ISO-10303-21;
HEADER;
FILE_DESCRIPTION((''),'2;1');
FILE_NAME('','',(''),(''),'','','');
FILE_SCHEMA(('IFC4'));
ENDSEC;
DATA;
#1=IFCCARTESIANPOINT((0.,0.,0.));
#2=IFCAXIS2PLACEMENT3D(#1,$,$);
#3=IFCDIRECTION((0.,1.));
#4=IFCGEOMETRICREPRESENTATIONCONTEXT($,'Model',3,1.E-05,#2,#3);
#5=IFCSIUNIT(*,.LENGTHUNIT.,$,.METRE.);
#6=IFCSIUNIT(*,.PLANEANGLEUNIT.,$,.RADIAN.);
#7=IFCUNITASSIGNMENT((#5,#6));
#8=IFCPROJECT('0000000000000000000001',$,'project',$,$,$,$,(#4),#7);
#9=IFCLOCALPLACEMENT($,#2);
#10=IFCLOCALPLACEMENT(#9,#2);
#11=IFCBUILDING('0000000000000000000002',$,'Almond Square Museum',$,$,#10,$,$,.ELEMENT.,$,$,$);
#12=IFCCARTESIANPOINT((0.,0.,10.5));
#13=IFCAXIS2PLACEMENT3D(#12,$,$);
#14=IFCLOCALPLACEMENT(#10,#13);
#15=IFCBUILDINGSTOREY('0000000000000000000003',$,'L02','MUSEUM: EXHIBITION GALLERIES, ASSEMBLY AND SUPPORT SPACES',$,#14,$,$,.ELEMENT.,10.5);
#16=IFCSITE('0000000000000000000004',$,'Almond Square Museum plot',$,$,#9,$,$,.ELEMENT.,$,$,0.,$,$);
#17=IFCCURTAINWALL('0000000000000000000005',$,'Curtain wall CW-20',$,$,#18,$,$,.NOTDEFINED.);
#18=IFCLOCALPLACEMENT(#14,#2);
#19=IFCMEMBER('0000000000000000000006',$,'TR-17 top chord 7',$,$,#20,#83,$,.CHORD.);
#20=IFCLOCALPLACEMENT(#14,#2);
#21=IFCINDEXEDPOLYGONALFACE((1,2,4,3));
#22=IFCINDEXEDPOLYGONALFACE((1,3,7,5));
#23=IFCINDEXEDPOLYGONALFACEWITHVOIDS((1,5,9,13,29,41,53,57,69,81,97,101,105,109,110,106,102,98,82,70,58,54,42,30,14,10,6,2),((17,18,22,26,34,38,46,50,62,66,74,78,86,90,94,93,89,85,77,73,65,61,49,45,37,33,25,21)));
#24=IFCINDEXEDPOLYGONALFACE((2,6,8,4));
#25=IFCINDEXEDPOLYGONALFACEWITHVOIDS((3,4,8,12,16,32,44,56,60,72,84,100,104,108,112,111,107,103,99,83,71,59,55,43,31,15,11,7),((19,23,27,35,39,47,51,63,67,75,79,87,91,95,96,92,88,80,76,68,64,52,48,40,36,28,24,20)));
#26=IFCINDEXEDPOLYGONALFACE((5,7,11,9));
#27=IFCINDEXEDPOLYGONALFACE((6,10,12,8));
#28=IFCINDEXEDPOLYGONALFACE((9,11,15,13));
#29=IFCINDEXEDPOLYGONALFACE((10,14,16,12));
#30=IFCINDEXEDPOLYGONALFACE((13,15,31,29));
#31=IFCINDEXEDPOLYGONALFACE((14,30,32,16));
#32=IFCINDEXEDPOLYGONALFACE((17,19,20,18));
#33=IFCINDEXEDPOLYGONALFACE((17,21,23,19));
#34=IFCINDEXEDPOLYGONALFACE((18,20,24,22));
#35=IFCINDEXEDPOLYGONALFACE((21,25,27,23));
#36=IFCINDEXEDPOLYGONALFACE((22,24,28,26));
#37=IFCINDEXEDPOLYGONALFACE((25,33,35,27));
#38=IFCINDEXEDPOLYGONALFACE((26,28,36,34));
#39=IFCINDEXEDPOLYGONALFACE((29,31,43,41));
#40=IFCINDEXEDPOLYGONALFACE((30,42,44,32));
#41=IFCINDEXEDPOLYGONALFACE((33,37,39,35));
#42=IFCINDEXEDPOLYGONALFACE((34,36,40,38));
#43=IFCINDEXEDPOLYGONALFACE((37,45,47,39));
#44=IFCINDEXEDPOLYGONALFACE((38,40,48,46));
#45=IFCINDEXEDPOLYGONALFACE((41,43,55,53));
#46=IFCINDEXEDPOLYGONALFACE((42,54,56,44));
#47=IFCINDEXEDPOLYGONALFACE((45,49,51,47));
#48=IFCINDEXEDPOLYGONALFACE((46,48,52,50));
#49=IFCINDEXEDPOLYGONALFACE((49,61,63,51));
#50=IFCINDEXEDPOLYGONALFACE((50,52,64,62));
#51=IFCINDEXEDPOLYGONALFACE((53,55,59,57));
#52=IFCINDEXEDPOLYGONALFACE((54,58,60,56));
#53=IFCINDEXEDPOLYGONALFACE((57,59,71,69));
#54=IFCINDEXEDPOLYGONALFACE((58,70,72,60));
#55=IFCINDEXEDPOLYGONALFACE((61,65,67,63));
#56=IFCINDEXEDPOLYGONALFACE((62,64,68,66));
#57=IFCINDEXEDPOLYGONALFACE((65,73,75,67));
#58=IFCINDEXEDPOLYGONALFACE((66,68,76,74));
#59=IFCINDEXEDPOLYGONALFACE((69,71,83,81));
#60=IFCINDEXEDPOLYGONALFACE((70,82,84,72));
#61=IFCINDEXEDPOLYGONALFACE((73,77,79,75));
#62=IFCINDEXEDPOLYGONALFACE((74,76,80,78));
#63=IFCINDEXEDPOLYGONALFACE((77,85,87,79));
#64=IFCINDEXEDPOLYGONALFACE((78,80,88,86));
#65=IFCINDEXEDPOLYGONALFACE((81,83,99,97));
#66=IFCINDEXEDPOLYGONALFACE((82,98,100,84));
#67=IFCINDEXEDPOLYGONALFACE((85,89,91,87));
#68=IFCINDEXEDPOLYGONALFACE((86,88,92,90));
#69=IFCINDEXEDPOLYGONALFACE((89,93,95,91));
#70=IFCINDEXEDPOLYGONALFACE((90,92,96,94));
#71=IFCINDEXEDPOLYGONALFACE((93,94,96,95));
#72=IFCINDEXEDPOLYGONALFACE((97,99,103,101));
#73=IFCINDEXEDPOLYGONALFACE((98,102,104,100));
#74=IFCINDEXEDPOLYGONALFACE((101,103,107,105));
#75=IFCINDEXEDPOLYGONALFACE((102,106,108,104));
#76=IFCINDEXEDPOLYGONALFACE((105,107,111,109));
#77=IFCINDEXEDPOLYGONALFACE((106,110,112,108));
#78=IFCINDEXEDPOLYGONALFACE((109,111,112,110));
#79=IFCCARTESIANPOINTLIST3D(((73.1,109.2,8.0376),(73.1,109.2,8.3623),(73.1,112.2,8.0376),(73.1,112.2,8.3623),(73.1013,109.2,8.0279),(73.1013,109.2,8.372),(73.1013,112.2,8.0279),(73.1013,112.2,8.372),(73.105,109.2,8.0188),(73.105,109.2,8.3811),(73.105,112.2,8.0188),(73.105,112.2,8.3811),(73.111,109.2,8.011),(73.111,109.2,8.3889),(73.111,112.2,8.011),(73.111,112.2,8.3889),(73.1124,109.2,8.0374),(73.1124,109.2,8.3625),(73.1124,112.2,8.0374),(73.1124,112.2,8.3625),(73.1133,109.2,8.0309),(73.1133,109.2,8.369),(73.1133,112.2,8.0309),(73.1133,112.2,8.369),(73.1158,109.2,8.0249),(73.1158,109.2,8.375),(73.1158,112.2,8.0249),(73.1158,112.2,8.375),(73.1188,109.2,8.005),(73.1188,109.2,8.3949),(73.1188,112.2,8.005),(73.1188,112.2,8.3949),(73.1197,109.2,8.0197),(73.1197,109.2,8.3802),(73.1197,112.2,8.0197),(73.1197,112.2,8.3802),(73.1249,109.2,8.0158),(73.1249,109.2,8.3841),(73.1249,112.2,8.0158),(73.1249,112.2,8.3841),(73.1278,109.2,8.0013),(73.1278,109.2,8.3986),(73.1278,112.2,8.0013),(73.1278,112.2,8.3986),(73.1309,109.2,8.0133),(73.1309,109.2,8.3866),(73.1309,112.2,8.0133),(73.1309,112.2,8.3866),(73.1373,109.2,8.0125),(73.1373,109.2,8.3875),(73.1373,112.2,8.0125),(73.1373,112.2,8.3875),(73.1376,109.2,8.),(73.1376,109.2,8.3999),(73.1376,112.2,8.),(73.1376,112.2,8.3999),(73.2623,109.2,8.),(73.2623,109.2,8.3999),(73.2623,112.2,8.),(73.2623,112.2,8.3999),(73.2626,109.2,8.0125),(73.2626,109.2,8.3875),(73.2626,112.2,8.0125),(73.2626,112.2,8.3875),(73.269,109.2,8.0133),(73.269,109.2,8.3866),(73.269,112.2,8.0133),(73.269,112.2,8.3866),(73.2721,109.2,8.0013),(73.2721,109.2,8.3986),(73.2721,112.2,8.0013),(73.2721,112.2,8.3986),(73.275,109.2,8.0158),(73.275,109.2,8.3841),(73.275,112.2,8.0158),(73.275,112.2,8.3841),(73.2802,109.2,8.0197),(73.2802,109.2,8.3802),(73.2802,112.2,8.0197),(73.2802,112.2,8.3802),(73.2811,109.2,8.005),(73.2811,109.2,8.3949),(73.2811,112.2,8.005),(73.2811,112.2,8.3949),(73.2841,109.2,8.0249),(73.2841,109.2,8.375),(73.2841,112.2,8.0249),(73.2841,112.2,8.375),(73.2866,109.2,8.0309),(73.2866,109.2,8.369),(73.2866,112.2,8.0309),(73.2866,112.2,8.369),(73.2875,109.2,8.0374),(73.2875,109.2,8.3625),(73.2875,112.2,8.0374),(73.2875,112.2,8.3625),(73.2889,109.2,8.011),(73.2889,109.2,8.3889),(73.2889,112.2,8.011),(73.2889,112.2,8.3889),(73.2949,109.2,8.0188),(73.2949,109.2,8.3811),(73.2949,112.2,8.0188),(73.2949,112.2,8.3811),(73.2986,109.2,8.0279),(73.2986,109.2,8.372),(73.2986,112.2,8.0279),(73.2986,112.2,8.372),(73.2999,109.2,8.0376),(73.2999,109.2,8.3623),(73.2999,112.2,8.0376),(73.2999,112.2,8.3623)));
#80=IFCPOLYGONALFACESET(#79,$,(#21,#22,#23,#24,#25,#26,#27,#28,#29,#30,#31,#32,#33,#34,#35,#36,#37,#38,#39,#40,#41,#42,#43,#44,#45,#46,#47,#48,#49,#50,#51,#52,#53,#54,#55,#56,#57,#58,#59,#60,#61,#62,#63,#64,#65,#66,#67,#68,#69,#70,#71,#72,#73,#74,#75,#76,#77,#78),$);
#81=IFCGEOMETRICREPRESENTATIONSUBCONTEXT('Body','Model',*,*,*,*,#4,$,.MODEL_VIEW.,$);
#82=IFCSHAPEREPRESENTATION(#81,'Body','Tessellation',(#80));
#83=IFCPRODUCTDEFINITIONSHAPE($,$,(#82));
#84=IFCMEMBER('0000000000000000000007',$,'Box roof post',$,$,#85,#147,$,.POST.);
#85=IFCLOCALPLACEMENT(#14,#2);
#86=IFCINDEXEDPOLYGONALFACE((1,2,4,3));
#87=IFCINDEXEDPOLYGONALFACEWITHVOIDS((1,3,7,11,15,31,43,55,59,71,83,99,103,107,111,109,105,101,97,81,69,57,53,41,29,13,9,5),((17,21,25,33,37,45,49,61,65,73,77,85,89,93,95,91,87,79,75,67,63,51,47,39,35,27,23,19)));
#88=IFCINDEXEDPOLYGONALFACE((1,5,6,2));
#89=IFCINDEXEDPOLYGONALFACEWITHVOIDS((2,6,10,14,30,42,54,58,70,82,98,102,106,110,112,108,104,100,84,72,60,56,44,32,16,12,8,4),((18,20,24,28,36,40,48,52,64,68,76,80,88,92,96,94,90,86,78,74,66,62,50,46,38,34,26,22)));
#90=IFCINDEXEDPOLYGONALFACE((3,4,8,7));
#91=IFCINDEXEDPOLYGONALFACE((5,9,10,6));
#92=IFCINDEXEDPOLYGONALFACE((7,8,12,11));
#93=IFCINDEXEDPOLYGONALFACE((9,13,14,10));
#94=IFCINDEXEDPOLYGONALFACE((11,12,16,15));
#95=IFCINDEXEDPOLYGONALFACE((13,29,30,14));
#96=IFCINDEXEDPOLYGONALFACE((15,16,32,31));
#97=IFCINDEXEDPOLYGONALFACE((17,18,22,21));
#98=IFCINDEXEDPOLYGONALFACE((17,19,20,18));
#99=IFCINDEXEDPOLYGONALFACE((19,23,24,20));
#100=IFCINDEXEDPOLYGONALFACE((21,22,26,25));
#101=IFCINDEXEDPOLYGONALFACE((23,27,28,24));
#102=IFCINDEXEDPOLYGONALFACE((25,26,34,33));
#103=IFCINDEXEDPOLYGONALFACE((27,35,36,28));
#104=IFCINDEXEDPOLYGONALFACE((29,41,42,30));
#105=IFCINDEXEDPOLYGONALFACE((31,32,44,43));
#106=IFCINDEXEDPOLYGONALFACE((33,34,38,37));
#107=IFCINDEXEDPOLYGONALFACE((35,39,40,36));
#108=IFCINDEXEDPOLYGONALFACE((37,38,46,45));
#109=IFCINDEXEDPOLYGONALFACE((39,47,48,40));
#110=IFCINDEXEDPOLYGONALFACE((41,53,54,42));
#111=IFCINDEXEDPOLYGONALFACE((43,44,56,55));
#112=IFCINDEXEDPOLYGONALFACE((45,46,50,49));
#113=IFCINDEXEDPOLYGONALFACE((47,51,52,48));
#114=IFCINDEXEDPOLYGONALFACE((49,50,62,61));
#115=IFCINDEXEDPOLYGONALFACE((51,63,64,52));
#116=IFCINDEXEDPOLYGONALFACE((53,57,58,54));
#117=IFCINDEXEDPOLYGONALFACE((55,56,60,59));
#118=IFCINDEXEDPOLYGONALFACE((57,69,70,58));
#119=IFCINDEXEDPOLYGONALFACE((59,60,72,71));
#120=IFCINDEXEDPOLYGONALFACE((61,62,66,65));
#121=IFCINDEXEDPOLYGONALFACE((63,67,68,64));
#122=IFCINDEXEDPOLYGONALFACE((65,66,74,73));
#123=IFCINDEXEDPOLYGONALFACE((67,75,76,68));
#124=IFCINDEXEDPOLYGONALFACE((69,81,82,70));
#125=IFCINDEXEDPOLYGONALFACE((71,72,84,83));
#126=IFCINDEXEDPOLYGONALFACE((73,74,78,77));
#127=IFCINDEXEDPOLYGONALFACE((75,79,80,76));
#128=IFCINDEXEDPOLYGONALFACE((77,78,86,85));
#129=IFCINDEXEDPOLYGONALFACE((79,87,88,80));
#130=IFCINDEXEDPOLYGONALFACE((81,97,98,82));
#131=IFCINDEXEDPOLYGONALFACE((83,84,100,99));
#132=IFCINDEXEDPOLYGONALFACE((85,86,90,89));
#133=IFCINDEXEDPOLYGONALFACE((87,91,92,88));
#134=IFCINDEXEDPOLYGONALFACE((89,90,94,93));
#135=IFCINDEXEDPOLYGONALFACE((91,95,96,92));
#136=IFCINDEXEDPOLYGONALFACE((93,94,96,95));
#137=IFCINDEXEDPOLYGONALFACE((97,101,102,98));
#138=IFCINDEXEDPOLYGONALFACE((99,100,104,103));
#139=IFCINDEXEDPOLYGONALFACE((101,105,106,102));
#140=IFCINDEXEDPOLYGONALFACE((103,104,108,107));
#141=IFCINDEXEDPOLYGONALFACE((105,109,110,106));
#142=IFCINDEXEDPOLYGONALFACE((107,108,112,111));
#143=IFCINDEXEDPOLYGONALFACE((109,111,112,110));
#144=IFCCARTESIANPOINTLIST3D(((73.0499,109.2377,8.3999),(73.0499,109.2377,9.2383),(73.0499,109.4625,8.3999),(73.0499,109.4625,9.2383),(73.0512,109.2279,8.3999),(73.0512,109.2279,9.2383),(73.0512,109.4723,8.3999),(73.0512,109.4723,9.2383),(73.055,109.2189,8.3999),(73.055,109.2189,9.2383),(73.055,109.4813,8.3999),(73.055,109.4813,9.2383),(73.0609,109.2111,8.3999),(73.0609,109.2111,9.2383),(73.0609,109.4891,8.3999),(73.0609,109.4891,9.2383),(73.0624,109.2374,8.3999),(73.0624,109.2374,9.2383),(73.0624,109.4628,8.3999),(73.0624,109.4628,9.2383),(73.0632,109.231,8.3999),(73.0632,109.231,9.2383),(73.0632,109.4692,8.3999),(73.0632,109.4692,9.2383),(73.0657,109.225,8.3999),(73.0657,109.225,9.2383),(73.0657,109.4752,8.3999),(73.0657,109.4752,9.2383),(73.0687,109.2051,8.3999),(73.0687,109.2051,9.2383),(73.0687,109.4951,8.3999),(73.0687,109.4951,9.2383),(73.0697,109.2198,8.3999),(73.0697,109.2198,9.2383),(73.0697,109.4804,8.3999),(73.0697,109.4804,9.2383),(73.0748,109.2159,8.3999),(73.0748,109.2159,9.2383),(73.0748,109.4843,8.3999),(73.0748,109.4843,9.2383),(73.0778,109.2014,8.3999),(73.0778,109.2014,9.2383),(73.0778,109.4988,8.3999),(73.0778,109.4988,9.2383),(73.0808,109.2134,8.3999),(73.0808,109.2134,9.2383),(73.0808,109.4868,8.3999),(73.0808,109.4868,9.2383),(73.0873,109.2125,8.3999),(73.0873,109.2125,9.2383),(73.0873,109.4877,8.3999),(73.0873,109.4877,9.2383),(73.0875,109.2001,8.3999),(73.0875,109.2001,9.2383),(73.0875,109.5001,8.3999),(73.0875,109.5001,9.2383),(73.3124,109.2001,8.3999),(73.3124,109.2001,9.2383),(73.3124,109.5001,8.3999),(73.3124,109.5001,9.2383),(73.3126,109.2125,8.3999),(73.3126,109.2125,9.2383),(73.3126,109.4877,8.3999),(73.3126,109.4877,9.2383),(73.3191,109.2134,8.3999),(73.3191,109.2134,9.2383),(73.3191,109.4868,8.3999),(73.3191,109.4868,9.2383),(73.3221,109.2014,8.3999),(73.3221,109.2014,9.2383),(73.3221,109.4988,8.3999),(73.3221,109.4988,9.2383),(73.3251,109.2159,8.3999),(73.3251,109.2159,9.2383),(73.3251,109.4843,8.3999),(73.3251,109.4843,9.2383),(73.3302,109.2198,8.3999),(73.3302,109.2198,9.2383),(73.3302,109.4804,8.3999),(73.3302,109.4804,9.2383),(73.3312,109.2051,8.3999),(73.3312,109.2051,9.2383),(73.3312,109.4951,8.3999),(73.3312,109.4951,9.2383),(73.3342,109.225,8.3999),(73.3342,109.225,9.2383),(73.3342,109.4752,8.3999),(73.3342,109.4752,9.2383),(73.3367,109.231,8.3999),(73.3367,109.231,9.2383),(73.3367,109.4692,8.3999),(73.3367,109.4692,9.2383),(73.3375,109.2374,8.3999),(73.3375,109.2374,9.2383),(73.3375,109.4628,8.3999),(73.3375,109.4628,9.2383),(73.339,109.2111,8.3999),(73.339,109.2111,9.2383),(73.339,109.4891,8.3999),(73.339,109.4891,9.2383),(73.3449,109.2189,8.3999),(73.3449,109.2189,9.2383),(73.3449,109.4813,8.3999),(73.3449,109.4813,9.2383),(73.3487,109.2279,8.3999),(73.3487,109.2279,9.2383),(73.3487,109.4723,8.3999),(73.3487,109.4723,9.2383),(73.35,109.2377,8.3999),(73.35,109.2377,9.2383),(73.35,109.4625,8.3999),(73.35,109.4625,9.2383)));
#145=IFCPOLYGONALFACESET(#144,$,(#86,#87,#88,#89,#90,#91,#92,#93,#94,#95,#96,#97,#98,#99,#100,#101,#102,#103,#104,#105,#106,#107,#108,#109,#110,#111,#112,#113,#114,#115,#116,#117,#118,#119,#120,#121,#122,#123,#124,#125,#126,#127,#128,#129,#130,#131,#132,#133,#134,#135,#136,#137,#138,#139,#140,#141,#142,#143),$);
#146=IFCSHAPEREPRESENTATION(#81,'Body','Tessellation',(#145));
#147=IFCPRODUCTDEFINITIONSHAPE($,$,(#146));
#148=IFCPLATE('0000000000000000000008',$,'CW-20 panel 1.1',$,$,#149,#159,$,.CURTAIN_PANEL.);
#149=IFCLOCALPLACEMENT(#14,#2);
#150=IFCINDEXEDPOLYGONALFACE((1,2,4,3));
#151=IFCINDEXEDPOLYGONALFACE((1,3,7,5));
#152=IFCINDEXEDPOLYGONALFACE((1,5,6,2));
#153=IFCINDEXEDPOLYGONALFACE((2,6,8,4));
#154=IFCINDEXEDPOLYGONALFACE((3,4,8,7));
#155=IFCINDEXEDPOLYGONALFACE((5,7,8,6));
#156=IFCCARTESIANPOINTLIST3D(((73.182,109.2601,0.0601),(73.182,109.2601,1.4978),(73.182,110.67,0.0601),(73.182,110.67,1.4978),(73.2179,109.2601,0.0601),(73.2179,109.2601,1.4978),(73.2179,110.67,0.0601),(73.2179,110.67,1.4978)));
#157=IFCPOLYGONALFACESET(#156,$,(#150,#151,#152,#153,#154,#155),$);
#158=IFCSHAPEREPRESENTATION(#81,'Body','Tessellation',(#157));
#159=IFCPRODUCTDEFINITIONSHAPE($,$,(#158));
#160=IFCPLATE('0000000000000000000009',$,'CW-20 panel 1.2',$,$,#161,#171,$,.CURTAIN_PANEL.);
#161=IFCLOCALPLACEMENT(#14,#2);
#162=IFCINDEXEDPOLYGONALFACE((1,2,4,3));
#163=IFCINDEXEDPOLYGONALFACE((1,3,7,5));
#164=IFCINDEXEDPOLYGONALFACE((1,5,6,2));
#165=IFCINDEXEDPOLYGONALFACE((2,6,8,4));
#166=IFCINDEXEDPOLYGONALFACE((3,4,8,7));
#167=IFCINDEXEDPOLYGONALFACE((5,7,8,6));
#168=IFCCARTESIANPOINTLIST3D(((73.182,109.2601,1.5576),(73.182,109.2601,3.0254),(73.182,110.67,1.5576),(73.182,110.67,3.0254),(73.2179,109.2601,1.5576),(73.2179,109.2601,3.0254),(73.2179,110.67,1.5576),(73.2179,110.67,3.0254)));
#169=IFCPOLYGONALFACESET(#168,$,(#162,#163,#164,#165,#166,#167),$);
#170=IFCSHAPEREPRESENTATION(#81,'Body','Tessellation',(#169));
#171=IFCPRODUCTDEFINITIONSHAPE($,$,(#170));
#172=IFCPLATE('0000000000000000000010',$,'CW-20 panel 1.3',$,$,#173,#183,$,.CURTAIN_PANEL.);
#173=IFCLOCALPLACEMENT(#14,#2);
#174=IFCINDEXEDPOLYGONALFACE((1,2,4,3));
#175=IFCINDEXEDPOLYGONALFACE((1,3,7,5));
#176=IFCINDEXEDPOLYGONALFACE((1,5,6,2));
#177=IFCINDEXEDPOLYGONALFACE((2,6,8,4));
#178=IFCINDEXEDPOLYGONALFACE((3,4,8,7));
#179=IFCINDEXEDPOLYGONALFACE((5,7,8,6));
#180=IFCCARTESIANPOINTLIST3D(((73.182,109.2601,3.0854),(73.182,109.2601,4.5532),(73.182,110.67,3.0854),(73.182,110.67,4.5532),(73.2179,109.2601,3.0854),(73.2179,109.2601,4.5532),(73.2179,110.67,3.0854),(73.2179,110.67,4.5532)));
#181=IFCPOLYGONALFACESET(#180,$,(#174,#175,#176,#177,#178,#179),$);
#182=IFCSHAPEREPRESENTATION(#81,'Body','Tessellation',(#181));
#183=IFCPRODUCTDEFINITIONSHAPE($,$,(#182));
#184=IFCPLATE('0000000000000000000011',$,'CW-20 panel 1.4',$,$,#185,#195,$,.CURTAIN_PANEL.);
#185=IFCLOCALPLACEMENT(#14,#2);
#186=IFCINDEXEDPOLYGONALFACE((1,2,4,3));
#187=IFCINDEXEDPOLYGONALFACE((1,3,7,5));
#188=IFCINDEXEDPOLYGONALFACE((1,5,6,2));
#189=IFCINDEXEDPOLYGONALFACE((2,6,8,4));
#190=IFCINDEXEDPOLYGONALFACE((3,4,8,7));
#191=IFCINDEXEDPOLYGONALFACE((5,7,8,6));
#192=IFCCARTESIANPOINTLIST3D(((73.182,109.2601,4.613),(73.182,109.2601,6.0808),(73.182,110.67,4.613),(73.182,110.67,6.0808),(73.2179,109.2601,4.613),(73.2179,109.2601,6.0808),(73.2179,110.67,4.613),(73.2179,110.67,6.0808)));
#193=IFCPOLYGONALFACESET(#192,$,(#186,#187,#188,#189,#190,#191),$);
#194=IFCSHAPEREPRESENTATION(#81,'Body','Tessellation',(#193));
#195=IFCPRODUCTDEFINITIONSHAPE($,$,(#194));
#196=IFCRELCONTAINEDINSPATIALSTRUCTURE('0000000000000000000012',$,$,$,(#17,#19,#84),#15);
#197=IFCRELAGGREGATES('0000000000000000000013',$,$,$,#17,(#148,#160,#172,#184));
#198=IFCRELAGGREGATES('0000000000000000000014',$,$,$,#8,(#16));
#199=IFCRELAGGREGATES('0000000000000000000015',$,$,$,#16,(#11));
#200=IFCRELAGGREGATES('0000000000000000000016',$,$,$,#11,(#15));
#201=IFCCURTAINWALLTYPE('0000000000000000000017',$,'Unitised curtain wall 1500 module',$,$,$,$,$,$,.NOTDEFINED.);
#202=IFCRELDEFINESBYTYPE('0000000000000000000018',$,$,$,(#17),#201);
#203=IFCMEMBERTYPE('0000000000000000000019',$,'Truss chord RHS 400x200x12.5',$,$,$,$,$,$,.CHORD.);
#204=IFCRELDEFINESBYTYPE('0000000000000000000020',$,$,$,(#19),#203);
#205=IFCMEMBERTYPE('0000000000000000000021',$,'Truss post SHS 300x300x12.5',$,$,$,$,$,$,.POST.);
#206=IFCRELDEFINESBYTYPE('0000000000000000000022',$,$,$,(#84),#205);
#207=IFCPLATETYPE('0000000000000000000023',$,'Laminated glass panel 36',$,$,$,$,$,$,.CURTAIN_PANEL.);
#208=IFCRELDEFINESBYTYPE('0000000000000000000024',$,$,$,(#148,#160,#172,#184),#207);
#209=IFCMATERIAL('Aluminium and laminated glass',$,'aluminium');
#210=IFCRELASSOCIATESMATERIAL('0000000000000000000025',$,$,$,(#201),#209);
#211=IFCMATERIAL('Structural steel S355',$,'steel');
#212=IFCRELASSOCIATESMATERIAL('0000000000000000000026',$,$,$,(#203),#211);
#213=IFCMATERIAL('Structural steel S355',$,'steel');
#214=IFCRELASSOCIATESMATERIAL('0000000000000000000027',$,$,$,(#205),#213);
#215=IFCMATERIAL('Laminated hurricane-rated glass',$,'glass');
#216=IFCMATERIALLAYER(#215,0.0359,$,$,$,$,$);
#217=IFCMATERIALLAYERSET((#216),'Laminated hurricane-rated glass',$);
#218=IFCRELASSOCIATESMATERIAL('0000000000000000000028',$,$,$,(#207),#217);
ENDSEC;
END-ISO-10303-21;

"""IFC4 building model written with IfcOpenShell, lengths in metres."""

from ifc_helpers import new_model, si_unit, direction, frame, origin, origin_2d, place, context, subcontext, project, spatial, rectangle, hollow_rectangle, extrude, material, layer, layer_set, material_profile, profile_set, type_object, element, aggregate, save


model = new_model("IFC4")

# Units and contexts
model_context = context("Model", 3, precision=1e-05, world=origin(), true_north=direction((0.0, 1.0)))
body_context = subcontext(model_context, "Body", "Model", "MODEL_VIEW")
ifc_project = project(units=[si_unit("LENGTHUNIT", "METRE"), si_unit("PLANEANGLEUNIT", "RADIAN")], contexts=[model_context])

# Site, building, storey
site_placement = place(None, origin())
site = spatial("IfcSite", under=ifc_project, at=site_placement, Name="Almond Square Museum plot", CompositionType="ELEMENT", RefElevation=0.0)
building_placement = place(site_placement, origin())
building = spatial("IfcBuilding", under=site, at=building_placement, Name="Almond Square Museum", CompositionType="ELEMENT")
storey_placement = place(building_placement, frame((0.0, 0.0, 10.5)))
storey = spatial("IfcBuildingStorey", under=building, at=storey_placement, Name="L02", Description="MUSEUM: EXHIBITION GALLERIES, ASSEMBLY AND SUPPORT SPACES", CompositionType="ELEMENT", Elevation=10.5)

# Curtain wall
ifc_material_1 = material(Name="Aluminium and laminated glass", Category="aluminium")
curtain_wall_type = type_object("IfcCurtainWallType", Name="Unitised curtain wall 1500 module", PredefinedType="NOTDEFINED", material=ifc_material_1)
curtain_wall_placement = place(storey_placement, origin())
curtain_wall = element("IfcCurtainWall", 1, at=curtain_wall_placement, inside=storey, type_object=curtain_wall_type, Name="Curtain wall CW-20", PredefinedType="NOTDEFINED")

# Members
ifc_material_2 = material(Name="Structural steel S355", Category="steel")
ifc_material_profile_1 = material_profile(ifc_material_2, hollow_rectangle(XDim=0.2, YDim=0.3999, WallThickness=0.0125, InnerFilletRadius=0.0249, OuterFilletRadius=0.0376, at=origin_2d()))
ifc_profile_set_1 = profile_set([ifc_material_profile_1], Name="Structural steel S355")
member_type_1 = type_object("IfcMemberType", Name="Truss chord RHS 400x200x12.5", PredefinedType="CHORD", material=ifc_profile_set_1)
member_1_placement = place(storey_placement, frame((73.2, 109.2, 8.2), z_axis=(0.0, 1.0, 0.0), x_axis=(-1.0, 0.0, 0.0)))
element("IfcMember", 2, at=member_1_placement, inside=storey, type_object=member_type_1, Name="TR-17 top chord 7", PredefinedType="CHORD", context=body_context, shape_type="SweptSolid", body=[
    extrude(hollow_rectangle(XDim=0.2, YDim=0.3999, WallThickness=0.0125, InnerFilletRadius=0.0249, OuterFilletRadius=0.0376, at=origin_2d()), origin(), (0.0, 0.0, 1.0), 3.0),
])
ifc_material_3 = material(Name="Structural steel S355", Category="steel")
ifc_material_profile_2 = material_profile(ifc_material_3, hollow_rectangle(XDim=0.3, YDim=0.3, WallThickness=0.0125, InnerFilletRadius=0.0249, OuterFilletRadius=0.0376, at=origin_2d()))
ifc_profile_set_2 = profile_set([ifc_material_profile_2], Name="Structural steel S355")
member_type_2 = type_object("IfcMemberType", Name="Truss post SHS 300x300x12.5", PredefinedType="POST", material=ifc_profile_set_2)
member_2_placement = place(storey_placement, frame((73.2, 109.3501, 8.3999), z_axis=(0.0, 0.0, 1.0), x_axis=(1.0, 0.0, 0.0)))
element("IfcMember", 3, at=member_2_placement, inside=storey, type_object=member_type_2, Name="Box roof post", PredefinedType="POST", context=body_context, shape_type="SweptSolid", body=[
    extrude(hollow_rectangle(XDim=0.3, YDim=0.3, WallThickness=0.0125, InnerFilletRadius=0.0249, OuterFilletRadius=0.0376, at=origin_2d()), origin(), (0.0, 0.0, 1.0), 0.8384),
])

# Plates
ifc_material_4 = material(Name="Laminated hurricane-rated glass", Category="glass")
ifc_layer_1 = layer(ifc_material_4, 0.0359)
ifc_layer_set_1 = layer_set([ifc_layer_1], Name="Laminated hurricane-rated glass")
plate_type = type_object("IfcPlateType", Name="Laminated glass panel 36", PredefinedType="CURTAIN_PANEL", material=ifc_layer_set_1)
plate_1_placement = place(storey_placement, frame((73.2, 109.9651, 0.0601), z_axis=(0.0, 0.0, 1.0), x_axis=(0.0, 1.0, 0.0)))
plate_1 = element("IfcPlate", 4, at=plate_1_placement, type_object=plate_type, Name="CW-20 panel 1.1", PredefinedType="CURTAIN_PANEL", context=body_context, shape_type="SweptSolid", body=[
    extrude(rectangle(XDim=1.4099, YDim=0.0359, at=origin_2d()), origin(), (0.0, 0.0, 1.0), 1.4377),
])
plate_2_placement = place(storey_placement, frame((73.2, 109.9651, 1.5576), z_axis=(0.0, 0.0, 1.0), x_axis=(0.0, 1.0, 0.0)))
plate_2 = element("IfcPlate", 5, at=plate_2_placement, type_object=plate_type, Name="CW-20 panel 1.2", PredefinedType="CURTAIN_PANEL", context=body_context, shape_type="SweptSolid", body=[
    extrude(rectangle(XDim=1.4099, YDim=0.0359, at=origin_2d()), origin(), (0.0, 0.0, 1.0), 1.4678),
])
plate_3_placement = place(storey_placement, frame((73.2, 109.9651, 3.0854), z_axis=(0.0, 0.0, 1.0), x_axis=(0.0, 1.0, 0.0)))
plate_3 = element("IfcPlate", 6, at=plate_3_placement, type_object=plate_type, Name="CW-20 panel 1.3", PredefinedType="CURTAIN_PANEL", context=body_context, shape_type="SweptSolid", body=[
    extrude(rectangle(XDim=1.4099, YDim=0.0359, at=origin_2d()), origin(), (0.0, 0.0, 1.0), 1.4678),
])
plate_4_placement = place(storey_placement, frame((73.2, 109.9651, 4.613), z_axis=(0.0, 0.0, 1.0), x_axis=(0.0, 1.0, 0.0)))
plate_4 = element("IfcPlate", 7, at=plate_4_placement, type_object=plate_type, Name="CW-20 panel 1.4", PredefinedType="CURTAIN_PANEL", context=body_context, shape_type="SweptSolid", body=[
    extrude(rectangle(XDim=1.4099, YDim=0.0359, at=origin_2d()), origin(), (0.0, 0.0, 1.0), 1.4678),
])
aggregate(curtain_wall, [plate_1, plate_2, plate_3, plate_4])

save(model, "model.ifc")
